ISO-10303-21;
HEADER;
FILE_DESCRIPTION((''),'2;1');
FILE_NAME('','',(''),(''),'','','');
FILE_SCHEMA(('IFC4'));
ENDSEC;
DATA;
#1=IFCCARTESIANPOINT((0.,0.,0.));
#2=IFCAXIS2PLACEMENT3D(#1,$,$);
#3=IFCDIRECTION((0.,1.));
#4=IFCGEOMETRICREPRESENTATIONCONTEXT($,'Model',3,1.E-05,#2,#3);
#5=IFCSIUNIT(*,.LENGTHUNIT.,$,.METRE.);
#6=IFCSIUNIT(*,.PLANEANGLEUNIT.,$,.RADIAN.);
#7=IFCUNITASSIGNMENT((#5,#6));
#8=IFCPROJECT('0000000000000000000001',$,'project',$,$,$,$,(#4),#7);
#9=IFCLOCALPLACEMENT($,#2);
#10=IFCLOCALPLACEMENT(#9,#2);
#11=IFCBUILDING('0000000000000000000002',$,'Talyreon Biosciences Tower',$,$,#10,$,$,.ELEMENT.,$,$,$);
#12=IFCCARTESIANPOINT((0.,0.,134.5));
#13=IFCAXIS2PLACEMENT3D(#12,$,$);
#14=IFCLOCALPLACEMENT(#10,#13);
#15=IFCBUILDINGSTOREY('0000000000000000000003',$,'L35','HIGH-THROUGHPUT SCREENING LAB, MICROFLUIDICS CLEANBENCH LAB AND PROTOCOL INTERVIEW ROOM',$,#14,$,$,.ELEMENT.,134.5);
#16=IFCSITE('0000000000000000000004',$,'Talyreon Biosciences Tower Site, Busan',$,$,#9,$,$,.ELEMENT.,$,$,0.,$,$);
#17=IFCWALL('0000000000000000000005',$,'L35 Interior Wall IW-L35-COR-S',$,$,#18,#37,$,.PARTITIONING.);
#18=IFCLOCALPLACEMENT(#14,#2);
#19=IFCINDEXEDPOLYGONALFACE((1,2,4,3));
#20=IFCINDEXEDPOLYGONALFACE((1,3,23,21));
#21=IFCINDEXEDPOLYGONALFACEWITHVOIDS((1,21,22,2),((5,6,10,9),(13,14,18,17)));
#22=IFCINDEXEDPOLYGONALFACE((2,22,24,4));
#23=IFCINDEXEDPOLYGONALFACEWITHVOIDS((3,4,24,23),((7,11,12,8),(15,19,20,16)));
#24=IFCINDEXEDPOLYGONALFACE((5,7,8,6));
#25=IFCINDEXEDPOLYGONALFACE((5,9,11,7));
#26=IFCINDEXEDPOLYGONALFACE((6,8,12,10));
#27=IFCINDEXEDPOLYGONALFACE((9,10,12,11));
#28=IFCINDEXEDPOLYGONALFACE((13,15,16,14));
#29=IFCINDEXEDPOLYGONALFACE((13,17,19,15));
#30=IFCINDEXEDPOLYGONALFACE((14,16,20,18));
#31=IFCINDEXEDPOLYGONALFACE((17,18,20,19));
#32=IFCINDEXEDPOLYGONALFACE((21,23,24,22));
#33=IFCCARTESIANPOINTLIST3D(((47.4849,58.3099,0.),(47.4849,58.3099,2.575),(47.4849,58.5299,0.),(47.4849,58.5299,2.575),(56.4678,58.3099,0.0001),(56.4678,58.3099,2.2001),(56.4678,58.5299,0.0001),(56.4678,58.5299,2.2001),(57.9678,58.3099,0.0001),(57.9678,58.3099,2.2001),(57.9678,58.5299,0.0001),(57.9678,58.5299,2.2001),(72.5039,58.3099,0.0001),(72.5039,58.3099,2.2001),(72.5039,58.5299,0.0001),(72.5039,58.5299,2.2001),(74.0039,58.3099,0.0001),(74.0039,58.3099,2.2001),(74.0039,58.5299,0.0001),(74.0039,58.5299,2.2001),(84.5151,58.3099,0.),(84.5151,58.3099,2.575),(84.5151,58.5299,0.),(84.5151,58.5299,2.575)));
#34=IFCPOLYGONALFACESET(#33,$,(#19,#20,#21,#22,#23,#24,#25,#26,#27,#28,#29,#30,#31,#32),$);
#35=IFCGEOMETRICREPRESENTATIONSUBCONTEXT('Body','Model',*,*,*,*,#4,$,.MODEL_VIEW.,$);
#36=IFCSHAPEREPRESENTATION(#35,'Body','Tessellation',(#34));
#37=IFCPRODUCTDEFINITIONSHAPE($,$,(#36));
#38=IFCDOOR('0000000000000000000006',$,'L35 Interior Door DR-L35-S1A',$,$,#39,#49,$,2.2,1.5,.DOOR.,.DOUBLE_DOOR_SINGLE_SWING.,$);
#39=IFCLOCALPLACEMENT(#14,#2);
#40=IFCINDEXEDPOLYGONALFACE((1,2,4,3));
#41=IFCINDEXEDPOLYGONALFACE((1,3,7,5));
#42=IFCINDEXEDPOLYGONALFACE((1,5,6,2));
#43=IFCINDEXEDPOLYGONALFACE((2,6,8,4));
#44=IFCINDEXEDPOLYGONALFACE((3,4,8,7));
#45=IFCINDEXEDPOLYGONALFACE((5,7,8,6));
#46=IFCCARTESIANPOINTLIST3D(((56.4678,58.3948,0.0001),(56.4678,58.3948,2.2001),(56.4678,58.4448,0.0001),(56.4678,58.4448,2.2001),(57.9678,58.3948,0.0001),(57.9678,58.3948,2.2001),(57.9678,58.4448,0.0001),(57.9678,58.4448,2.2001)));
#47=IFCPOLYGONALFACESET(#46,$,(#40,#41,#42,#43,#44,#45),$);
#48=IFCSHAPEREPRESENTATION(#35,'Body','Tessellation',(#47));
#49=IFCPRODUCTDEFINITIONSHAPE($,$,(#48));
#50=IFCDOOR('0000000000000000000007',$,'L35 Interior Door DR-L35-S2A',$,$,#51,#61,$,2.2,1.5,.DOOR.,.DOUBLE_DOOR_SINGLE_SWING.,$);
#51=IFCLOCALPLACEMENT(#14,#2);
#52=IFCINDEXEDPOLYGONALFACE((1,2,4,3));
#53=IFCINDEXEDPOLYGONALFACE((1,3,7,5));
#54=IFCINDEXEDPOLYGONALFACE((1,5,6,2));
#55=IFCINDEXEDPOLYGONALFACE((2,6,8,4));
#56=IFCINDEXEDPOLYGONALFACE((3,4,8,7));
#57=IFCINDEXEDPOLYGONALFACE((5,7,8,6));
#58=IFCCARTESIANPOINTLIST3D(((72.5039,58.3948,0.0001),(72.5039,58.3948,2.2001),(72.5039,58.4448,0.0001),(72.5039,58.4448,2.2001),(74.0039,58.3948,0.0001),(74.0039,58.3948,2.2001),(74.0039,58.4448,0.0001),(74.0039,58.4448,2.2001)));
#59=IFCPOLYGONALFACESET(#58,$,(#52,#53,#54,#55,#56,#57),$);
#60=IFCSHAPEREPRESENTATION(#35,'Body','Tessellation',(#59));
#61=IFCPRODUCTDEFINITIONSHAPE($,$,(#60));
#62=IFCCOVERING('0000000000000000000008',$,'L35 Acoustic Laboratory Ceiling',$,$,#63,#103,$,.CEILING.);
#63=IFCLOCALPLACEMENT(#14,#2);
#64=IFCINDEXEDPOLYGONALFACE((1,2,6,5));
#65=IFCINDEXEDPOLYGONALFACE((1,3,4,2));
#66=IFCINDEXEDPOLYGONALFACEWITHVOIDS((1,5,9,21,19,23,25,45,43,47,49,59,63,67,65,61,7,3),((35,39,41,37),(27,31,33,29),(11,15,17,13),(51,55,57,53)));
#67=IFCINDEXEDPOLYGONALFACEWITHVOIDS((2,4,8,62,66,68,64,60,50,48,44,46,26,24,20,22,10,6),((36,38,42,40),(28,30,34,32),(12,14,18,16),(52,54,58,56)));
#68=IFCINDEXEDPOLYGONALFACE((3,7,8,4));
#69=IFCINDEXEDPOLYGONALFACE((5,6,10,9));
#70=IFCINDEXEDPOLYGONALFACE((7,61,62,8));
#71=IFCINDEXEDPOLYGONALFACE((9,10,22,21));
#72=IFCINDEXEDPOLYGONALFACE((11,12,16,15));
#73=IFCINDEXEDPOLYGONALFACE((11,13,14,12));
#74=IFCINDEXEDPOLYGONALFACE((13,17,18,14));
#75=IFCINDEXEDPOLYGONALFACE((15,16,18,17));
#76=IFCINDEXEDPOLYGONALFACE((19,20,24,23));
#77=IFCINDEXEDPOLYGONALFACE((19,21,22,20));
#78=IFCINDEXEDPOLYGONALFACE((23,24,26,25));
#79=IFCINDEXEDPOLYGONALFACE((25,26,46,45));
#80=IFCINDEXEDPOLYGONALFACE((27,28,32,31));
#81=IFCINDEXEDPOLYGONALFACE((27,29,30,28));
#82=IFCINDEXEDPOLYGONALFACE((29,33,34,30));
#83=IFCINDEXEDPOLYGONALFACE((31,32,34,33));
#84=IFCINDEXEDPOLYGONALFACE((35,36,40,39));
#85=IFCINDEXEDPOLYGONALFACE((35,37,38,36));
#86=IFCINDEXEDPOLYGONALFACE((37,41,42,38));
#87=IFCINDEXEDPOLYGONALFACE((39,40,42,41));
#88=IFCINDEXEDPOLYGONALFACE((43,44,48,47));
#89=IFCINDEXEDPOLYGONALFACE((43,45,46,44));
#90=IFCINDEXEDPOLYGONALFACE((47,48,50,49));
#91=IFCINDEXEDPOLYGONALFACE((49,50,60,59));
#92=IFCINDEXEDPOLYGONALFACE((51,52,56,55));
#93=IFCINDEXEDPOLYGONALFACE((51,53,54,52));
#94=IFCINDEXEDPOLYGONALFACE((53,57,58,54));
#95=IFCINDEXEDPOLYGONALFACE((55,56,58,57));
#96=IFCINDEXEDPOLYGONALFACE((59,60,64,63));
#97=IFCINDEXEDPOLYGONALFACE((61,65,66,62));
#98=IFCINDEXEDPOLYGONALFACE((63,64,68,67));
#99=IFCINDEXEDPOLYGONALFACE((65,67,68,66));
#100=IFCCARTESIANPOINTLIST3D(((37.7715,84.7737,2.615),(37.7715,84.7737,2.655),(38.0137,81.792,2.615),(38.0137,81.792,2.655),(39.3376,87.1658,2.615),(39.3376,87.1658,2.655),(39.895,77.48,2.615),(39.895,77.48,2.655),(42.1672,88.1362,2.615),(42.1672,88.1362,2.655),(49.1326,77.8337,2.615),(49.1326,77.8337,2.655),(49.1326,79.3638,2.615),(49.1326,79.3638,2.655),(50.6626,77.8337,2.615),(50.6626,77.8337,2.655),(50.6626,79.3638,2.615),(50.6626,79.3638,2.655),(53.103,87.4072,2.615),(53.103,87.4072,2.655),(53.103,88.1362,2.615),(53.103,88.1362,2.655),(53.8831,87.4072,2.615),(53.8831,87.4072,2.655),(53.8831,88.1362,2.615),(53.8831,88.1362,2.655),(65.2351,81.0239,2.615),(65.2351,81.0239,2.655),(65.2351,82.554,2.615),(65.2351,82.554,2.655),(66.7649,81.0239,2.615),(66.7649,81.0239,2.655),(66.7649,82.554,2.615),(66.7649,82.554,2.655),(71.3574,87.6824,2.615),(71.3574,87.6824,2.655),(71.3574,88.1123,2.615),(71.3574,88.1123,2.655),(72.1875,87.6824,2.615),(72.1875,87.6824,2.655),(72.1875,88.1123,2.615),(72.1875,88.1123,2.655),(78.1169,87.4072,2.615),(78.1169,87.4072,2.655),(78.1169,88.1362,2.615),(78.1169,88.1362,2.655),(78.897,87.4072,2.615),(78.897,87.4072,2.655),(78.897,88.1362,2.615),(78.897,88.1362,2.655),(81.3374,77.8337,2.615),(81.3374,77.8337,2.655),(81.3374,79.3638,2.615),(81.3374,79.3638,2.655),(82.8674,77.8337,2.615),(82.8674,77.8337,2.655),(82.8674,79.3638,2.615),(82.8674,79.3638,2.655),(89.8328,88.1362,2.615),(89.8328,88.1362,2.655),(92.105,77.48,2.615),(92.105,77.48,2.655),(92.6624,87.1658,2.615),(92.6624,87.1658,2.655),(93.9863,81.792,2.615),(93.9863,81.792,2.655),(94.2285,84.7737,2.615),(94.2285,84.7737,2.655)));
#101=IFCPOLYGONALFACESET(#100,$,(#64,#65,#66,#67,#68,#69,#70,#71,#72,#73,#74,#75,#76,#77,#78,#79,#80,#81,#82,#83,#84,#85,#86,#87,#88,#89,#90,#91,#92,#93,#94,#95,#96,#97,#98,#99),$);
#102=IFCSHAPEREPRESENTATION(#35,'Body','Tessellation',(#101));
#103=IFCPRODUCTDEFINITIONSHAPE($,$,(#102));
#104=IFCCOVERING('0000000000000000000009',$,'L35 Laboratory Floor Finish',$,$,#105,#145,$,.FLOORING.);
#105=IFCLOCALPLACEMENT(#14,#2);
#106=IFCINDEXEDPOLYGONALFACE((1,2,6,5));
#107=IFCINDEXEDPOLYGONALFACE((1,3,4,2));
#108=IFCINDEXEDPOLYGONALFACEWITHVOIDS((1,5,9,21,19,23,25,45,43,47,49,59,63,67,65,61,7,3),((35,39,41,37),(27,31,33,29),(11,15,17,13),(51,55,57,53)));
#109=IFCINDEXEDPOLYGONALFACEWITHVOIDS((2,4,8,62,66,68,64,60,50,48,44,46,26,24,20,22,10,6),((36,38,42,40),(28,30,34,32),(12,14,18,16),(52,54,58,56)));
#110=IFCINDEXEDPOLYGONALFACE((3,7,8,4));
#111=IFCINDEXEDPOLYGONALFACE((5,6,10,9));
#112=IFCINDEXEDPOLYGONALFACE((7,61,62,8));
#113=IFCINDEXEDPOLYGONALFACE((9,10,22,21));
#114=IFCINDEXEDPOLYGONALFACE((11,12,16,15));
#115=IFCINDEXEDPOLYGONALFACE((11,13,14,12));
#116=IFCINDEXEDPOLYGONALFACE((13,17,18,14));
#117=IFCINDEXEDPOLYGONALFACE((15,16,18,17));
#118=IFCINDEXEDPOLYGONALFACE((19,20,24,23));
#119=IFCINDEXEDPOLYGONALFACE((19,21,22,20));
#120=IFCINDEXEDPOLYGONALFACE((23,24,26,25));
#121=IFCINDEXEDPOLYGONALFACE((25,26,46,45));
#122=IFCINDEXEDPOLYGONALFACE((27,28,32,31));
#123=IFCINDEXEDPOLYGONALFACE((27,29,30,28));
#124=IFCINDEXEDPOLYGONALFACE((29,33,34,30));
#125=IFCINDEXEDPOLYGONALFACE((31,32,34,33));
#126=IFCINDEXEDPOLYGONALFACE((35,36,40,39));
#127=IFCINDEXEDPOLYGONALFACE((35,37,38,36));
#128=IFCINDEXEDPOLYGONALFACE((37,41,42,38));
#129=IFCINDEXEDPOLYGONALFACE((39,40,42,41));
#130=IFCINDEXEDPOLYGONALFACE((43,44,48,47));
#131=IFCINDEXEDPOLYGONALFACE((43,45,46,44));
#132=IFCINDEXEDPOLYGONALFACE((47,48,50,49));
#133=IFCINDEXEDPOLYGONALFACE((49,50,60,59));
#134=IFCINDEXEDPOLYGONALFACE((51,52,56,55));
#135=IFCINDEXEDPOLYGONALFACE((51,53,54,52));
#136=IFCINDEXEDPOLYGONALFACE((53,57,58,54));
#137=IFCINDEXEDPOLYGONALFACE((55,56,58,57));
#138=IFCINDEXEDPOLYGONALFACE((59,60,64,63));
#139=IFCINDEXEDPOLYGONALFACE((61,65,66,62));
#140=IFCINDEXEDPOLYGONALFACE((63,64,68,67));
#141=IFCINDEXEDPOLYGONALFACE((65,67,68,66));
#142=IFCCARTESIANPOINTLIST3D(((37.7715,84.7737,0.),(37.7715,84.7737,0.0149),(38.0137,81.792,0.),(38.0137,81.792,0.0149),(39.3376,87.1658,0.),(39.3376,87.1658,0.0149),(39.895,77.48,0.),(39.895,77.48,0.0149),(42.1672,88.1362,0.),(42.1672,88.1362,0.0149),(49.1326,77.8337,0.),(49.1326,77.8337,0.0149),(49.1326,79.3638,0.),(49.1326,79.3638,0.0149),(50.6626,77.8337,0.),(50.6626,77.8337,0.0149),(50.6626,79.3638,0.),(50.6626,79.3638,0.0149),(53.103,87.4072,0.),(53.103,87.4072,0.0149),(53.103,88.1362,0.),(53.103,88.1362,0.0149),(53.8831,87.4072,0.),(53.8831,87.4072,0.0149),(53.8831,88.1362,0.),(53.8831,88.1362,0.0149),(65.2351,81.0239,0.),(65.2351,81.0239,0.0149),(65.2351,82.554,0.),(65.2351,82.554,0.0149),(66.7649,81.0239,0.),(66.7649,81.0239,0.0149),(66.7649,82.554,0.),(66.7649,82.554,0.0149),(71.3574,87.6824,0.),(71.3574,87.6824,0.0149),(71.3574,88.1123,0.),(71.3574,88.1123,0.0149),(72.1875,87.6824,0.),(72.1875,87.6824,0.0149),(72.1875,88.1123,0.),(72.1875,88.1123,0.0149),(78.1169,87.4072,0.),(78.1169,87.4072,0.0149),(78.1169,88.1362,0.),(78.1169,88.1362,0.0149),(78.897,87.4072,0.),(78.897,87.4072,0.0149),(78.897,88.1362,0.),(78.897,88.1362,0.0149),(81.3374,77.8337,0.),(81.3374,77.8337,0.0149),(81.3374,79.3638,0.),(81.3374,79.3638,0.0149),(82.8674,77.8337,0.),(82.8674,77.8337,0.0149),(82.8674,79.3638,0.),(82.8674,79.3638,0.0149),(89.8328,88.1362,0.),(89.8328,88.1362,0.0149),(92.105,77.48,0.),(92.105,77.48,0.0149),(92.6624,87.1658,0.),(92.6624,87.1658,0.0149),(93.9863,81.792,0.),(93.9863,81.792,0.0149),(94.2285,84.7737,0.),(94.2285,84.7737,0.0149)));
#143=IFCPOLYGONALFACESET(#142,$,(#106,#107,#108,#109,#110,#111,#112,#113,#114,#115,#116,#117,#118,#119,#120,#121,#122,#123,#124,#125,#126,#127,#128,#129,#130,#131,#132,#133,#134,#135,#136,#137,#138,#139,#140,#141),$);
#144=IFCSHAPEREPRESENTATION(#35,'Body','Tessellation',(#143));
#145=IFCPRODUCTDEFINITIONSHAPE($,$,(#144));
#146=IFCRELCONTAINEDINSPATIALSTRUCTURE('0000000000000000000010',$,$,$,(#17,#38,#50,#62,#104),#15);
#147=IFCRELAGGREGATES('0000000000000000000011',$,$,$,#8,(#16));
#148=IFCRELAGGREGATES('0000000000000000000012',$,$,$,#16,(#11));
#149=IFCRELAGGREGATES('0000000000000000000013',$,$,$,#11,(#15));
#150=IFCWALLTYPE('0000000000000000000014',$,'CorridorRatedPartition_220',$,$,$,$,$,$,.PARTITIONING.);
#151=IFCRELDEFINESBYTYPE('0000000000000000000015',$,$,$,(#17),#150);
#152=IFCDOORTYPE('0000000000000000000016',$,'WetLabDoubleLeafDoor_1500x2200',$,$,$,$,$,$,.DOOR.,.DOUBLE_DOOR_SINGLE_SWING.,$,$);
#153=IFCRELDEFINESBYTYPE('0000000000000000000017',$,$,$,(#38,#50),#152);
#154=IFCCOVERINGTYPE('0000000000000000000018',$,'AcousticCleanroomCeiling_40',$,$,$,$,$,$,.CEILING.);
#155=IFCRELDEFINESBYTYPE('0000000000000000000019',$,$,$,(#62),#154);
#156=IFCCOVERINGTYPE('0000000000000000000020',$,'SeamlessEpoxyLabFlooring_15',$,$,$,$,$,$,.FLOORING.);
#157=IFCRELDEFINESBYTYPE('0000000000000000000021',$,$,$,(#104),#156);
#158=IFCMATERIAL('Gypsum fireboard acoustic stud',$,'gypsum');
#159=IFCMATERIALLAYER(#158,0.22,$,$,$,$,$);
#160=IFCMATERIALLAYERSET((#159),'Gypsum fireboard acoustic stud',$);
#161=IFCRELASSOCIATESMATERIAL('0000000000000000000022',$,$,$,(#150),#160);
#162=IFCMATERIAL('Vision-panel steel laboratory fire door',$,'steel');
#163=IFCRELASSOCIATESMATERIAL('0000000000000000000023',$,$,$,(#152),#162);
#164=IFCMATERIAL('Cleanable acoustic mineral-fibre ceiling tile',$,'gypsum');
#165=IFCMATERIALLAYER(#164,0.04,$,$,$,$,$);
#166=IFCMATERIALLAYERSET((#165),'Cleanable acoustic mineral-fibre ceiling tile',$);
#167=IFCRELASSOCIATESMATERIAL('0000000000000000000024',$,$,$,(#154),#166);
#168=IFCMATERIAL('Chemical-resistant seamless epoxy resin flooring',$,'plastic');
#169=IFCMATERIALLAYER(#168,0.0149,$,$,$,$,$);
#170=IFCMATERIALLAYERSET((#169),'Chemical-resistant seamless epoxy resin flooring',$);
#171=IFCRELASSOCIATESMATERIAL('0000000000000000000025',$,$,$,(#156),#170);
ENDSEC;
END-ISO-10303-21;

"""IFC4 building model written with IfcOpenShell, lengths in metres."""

from ifc_helpers import new_model, si_unit, direction, frame, frame_2d, origin, place, context, subcontext, project, spatial, polyline, rectangle, outline, extrude, material, layer, layer_set, type_object, element, fill, save


model = new_model("IFC4")

# Units and contexts
model_context = context("Model", 3, precision=1e-05, world=origin(), true_north=direction((0.0, 1.0)))
body_context = subcontext(model_context, "Body", "Model", "MODEL_VIEW")
ifc_project = project(units=[si_unit("LENGTHUNIT", "METRE"), si_unit("PLANEANGLEUNIT", "RADIAN")], contexts=[model_context])

# Site, building, storey
site_placement = place(None, origin())
site = spatial("IfcSite", under=ifc_project, at=site_placement, Name="Talyreon Biosciences Tower Site, Busan", CompositionType="ELEMENT", RefElevation=0.0)
building_placement = place(site_placement, origin())
building = spatial("IfcBuilding", under=site, at=building_placement, Name="Talyreon Biosciences Tower", CompositionType="ELEMENT")
storey_placement = place(building_placement, frame((0.0, 0.0, 134.5)))
storey = spatial("IfcBuildingStorey", under=building, at=storey_placement, Name="L35", Description="HIGH-THROUGHPUT SCREENING LAB, MICROFLUIDICS CLEANBENCH LAB AND PROTOCOL INTERVIEW ROOM", CompositionType="ELEMENT", Elevation=134.5)

# Wall, openings, doors
ifc_material_1 = material(Name="Gypsum fireboard acoustic stud", Category="gypsum")
ifc_layer_1 = layer(ifc_material_1, 0.22)
ifc_layer_set_1 = layer_set([ifc_layer_1], Name="Gypsum fireboard acoustic stud")
wall_type = type_object("IfcWallType", Name="CorridorRatedPartition_220", PredefinedType="PARTITIONING", material=ifc_layer_set_1)
wall_placement = place(storey_placement, frame((47.4849, 58.4199, 0.0), z_axis=(0.0, 0.0, 1.0), x_axis=(1.0, 0.0, 0.0)))
wall = element("IfcWall", 1, at=wall_placement, inside=storey, type_object=wall_type, Name="L35 Interior Wall IW-L35-COR-S", PredefinedType="PARTITIONING", context=body_context, shape_type="SweptSolid", body=[
    extrude(rectangle(XDim=37.0303, YDim=0.22, at=frame_2d((18.5151, 0.0))), origin(), (0.0, 0.0, 1.0), 2.575),
])
opening_1_placement = place(wall_placement, frame((8.9829, 0.0, 0.0)))
opening_1 = element("IfcOpeningElement", 2, at=opening_1_placement, cuts=wall, PredefinedType="OPENING", context=body_context, shape_type="SweptSolid", body=[
    extrude(rectangle(XDim=1.5, YDim=2.2, at=frame_2d((0.75, 1.1001))), frame((0.0, 0.1199, 0.0), z_axis=(0.0, -1.0, 0.0), x_axis=(1.0, 0.0, 0.0)), (0.0, 0.0, 1.0), 0.24),
])
opening_2_placement = place(wall_placement, frame((25.019, 0.0, 0.0)))
opening_2 = element("IfcOpeningElement", 3, at=opening_2_placement, cuts=wall, PredefinedType="OPENING", context=body_context, shape_type="SweptSolid", body=[
    extrude(rectangle(XDim=1.5, YDim=2.2, at=frame_2d((0.75, 1.1001))), frame((0.0, 0.1199, 0.0), z_axis=(0.0, -1.0, 0.0), x_axis=(1.0, 0.0, 0.0)), (0.0, 0.0, 1.0), 0.24),
])
ifc_material_2 = material(Name="Vision-panel steel laboratory fire door", Category="steel")
door_type = type_object("IfcDoorType", Name="WetLabDoubleLeafDoor_1500x2200", OperationType="DOUBLE_DOOR_SINGLE_SWING", PredefinedType="DOOR", material=ifc_material_2)
door_1_placement = place(opening_1_placement, origin())
door_1 = element("IfcDoor", 4, at=door_1_placement, inside=storey, type_object=door_type, Name="L35 Interior Door DR-L35-S1A", OperationType="DOUBLE_DOOR_SINGLE_SWING", OverallHeight=2.2, OverallWidth=1.5, PredefinedType="DOOR", context=body_context, shape_type="SweptSolid", body=[
    extrude(rectangle(XDim=1.5, YDim=2.2, at=frame_2d((0.75, 1.1001))), frame((0.0, 0.0249, 0.0), z_axis=(0.0, -1.0, 0.0), x_axis=(1.0, 0.0, 0.0)), (0.0, 0.0, 1.0), 0.05),
])
fill(opening_1, door_1)
door_2_placement = place(opening_2_placement, origin())
door_2 = element("IfcDoor", 5, at=door_2_placement, inside=storey, type_object=door_type, Name="L35 Interior Door DR-L35-S2A", OperationType="DOUBLE_DOOR_SINGLE_SWING", OverallHeight=2.2, OverallWidth=1.5, PredefinedType="DOOR", context=body_context, shape_type="SweptSolid", body=[
    extrude(rectangle(XDim=1.5, YDim=2.2, at=frame_2d((0.75, 1.1001))), frame((0.0, 0.0249, 0.0), z_axis=(0.0, -1.0, 0.0), x_axis=(1.0, 0.0, 0.0)), (0.0, 0.0, 1.0), 0.05),
])
fill(opening_2, door_2)

# Coverings
ifc_material_3 = material(Name="Cleanable acoustic mineral-fibre ceiling tile", Category="gypsum")
ifc_layer_2 = layer(ifc_material_3, 0.04)
ifc_layer_set_2 = layer_set([ifc_layer_2], Name="Cleanable acoustic mineral-fibre ceiling tile")
covering_type_1 = type_object("IfcCoveringType", Name="AcousticCleanroomCeiling_40", PredefinedType="CEILING", material=ifc_layer_set_2)
covering_1_placement = place(storey_placement, frame((0.0, 0.0, 2.615)))
element("IfcCovering", 6, at=covering_1_placement, inside=storey, type_object=covering_type_1, Name="L35 Acoustic Laboratory Ceiling", PredefinedType="CEILING", context=body_context, shape_type="SweptSolid", body=[
    extrude(outline(polyline([(37.7715, 84.7737), (39.3376, 87.1658), (42.1672, 88.1362), (53.103, 88.1362), (53.103, 87.4072), (53.8831, 87.4072), (53.8831, 88.1362), (78.1169, 88.1362), (78.1169, 87.4072), (78.897, 87.4072), (78.897, 88.1362), (89.8328, 88.1362), (92.6624, 87.1658), (94.2285, 84.7737), (93.9863, 81.792), (92.105, 77.48), (39.895, 77.48), (38.0137, 81.792), (37.7715, 84.7737)]), holes=[polyline([(49.1326, 77.8337), (50.6626, 77.8337), (50.6626, 79.3638), (49.1326, 79.3638), (49.1326, 77.8337)]), polyline([(65.2351, 81.0239), (66.7649, 81.0239), (66.7649, 82.554), (65.2351, 82.554), (65.2351, 81.0239)]), polyline([(82.8674, 77.8337), (82.8674, 79.3638), (81.3374, 79.3638), (81.3374, 77.8337), (82.8674, 77.8337)]), polyline([(72.1875, 88.1123), (71.3574, 88.1123), (71.3574, 87.6824), (72.1875, 87.6824), (72.1875, 88.1123)])]), origin(), (0.0, 0.0, 1.0), 0.04),
])
ifc_material_4 = material(Name="Chemical-resistant seamless epoxy resin flooring", Category="plastic")
ifc_layer_3 = layer(ifc_material_4, 0.0149)
ifc_layer_set_3 = layer_set([ifc_layer_3], Name="Chemical-resistant seamless epoxy resin flooring")
covering_type_2 = type_object("IfcCoveringType", Name="SeamlessEpoxyLabFlooring_15", PredefinedType="FLOORING", material=ifc_layer_set_3)
covering_2_placement = place(storey_placement, origin())
element("IfcCovering", 7, at=covering_2_placement, inside=storey, type_object=covering_type_2, Name="L35 Laboratory Floor Finish", PredefinedType="FLOORING", context=body_context, shape_type="SweptSolid", body=[
    extrude(outline(polyline([(37.7715, 84.7737), (39.3376, 87.1658), (42.1672, 88.1362), (53.103, 88.1362), (53.103, 87.4072), (53.8831, 87.4072), (53.8831, 88.1362), (78.1169, 88.1362), (78.1169, 87.4072), (78.897, 87.4072), (78.897, 88.1362), (89.8328, 88.1362), (92.6624, 87.1658), (94.2285, 84.7737), (93.9863, 81.792), (92.105, 77.48), (39.895, 77.48), (38.0137, 81.792), (37.7715, 84.7737)]), holes=[polyline([(49.1326, 77.8337), (50.6626, 77.8337), (50.6626, 79.3638), (49.1326, 79.3638), (49.1326, 77.8337)]), polyline([(65.2351, 81.0239), (66.7649, 81.0239), (66.7649, 82.554), (65.2351, 82.554), (65.2351, 81.0239)]), polyline([(82.8674, 77.8337), (82.8674, 79.3638), (81.3374, 79.3638), (81.3374, 77.8337), (82.8674, 77.8337)]), polyline([(72.1875, 88.1123), (71.3574, 88.1123), (71.3574, 87.6824), (72.1875, 87.6824), (72.1875, 88.1123)])]), origin(), (0.0, 0.0, 1.0), 0.0149),
])

save(model, "model.ifc")
